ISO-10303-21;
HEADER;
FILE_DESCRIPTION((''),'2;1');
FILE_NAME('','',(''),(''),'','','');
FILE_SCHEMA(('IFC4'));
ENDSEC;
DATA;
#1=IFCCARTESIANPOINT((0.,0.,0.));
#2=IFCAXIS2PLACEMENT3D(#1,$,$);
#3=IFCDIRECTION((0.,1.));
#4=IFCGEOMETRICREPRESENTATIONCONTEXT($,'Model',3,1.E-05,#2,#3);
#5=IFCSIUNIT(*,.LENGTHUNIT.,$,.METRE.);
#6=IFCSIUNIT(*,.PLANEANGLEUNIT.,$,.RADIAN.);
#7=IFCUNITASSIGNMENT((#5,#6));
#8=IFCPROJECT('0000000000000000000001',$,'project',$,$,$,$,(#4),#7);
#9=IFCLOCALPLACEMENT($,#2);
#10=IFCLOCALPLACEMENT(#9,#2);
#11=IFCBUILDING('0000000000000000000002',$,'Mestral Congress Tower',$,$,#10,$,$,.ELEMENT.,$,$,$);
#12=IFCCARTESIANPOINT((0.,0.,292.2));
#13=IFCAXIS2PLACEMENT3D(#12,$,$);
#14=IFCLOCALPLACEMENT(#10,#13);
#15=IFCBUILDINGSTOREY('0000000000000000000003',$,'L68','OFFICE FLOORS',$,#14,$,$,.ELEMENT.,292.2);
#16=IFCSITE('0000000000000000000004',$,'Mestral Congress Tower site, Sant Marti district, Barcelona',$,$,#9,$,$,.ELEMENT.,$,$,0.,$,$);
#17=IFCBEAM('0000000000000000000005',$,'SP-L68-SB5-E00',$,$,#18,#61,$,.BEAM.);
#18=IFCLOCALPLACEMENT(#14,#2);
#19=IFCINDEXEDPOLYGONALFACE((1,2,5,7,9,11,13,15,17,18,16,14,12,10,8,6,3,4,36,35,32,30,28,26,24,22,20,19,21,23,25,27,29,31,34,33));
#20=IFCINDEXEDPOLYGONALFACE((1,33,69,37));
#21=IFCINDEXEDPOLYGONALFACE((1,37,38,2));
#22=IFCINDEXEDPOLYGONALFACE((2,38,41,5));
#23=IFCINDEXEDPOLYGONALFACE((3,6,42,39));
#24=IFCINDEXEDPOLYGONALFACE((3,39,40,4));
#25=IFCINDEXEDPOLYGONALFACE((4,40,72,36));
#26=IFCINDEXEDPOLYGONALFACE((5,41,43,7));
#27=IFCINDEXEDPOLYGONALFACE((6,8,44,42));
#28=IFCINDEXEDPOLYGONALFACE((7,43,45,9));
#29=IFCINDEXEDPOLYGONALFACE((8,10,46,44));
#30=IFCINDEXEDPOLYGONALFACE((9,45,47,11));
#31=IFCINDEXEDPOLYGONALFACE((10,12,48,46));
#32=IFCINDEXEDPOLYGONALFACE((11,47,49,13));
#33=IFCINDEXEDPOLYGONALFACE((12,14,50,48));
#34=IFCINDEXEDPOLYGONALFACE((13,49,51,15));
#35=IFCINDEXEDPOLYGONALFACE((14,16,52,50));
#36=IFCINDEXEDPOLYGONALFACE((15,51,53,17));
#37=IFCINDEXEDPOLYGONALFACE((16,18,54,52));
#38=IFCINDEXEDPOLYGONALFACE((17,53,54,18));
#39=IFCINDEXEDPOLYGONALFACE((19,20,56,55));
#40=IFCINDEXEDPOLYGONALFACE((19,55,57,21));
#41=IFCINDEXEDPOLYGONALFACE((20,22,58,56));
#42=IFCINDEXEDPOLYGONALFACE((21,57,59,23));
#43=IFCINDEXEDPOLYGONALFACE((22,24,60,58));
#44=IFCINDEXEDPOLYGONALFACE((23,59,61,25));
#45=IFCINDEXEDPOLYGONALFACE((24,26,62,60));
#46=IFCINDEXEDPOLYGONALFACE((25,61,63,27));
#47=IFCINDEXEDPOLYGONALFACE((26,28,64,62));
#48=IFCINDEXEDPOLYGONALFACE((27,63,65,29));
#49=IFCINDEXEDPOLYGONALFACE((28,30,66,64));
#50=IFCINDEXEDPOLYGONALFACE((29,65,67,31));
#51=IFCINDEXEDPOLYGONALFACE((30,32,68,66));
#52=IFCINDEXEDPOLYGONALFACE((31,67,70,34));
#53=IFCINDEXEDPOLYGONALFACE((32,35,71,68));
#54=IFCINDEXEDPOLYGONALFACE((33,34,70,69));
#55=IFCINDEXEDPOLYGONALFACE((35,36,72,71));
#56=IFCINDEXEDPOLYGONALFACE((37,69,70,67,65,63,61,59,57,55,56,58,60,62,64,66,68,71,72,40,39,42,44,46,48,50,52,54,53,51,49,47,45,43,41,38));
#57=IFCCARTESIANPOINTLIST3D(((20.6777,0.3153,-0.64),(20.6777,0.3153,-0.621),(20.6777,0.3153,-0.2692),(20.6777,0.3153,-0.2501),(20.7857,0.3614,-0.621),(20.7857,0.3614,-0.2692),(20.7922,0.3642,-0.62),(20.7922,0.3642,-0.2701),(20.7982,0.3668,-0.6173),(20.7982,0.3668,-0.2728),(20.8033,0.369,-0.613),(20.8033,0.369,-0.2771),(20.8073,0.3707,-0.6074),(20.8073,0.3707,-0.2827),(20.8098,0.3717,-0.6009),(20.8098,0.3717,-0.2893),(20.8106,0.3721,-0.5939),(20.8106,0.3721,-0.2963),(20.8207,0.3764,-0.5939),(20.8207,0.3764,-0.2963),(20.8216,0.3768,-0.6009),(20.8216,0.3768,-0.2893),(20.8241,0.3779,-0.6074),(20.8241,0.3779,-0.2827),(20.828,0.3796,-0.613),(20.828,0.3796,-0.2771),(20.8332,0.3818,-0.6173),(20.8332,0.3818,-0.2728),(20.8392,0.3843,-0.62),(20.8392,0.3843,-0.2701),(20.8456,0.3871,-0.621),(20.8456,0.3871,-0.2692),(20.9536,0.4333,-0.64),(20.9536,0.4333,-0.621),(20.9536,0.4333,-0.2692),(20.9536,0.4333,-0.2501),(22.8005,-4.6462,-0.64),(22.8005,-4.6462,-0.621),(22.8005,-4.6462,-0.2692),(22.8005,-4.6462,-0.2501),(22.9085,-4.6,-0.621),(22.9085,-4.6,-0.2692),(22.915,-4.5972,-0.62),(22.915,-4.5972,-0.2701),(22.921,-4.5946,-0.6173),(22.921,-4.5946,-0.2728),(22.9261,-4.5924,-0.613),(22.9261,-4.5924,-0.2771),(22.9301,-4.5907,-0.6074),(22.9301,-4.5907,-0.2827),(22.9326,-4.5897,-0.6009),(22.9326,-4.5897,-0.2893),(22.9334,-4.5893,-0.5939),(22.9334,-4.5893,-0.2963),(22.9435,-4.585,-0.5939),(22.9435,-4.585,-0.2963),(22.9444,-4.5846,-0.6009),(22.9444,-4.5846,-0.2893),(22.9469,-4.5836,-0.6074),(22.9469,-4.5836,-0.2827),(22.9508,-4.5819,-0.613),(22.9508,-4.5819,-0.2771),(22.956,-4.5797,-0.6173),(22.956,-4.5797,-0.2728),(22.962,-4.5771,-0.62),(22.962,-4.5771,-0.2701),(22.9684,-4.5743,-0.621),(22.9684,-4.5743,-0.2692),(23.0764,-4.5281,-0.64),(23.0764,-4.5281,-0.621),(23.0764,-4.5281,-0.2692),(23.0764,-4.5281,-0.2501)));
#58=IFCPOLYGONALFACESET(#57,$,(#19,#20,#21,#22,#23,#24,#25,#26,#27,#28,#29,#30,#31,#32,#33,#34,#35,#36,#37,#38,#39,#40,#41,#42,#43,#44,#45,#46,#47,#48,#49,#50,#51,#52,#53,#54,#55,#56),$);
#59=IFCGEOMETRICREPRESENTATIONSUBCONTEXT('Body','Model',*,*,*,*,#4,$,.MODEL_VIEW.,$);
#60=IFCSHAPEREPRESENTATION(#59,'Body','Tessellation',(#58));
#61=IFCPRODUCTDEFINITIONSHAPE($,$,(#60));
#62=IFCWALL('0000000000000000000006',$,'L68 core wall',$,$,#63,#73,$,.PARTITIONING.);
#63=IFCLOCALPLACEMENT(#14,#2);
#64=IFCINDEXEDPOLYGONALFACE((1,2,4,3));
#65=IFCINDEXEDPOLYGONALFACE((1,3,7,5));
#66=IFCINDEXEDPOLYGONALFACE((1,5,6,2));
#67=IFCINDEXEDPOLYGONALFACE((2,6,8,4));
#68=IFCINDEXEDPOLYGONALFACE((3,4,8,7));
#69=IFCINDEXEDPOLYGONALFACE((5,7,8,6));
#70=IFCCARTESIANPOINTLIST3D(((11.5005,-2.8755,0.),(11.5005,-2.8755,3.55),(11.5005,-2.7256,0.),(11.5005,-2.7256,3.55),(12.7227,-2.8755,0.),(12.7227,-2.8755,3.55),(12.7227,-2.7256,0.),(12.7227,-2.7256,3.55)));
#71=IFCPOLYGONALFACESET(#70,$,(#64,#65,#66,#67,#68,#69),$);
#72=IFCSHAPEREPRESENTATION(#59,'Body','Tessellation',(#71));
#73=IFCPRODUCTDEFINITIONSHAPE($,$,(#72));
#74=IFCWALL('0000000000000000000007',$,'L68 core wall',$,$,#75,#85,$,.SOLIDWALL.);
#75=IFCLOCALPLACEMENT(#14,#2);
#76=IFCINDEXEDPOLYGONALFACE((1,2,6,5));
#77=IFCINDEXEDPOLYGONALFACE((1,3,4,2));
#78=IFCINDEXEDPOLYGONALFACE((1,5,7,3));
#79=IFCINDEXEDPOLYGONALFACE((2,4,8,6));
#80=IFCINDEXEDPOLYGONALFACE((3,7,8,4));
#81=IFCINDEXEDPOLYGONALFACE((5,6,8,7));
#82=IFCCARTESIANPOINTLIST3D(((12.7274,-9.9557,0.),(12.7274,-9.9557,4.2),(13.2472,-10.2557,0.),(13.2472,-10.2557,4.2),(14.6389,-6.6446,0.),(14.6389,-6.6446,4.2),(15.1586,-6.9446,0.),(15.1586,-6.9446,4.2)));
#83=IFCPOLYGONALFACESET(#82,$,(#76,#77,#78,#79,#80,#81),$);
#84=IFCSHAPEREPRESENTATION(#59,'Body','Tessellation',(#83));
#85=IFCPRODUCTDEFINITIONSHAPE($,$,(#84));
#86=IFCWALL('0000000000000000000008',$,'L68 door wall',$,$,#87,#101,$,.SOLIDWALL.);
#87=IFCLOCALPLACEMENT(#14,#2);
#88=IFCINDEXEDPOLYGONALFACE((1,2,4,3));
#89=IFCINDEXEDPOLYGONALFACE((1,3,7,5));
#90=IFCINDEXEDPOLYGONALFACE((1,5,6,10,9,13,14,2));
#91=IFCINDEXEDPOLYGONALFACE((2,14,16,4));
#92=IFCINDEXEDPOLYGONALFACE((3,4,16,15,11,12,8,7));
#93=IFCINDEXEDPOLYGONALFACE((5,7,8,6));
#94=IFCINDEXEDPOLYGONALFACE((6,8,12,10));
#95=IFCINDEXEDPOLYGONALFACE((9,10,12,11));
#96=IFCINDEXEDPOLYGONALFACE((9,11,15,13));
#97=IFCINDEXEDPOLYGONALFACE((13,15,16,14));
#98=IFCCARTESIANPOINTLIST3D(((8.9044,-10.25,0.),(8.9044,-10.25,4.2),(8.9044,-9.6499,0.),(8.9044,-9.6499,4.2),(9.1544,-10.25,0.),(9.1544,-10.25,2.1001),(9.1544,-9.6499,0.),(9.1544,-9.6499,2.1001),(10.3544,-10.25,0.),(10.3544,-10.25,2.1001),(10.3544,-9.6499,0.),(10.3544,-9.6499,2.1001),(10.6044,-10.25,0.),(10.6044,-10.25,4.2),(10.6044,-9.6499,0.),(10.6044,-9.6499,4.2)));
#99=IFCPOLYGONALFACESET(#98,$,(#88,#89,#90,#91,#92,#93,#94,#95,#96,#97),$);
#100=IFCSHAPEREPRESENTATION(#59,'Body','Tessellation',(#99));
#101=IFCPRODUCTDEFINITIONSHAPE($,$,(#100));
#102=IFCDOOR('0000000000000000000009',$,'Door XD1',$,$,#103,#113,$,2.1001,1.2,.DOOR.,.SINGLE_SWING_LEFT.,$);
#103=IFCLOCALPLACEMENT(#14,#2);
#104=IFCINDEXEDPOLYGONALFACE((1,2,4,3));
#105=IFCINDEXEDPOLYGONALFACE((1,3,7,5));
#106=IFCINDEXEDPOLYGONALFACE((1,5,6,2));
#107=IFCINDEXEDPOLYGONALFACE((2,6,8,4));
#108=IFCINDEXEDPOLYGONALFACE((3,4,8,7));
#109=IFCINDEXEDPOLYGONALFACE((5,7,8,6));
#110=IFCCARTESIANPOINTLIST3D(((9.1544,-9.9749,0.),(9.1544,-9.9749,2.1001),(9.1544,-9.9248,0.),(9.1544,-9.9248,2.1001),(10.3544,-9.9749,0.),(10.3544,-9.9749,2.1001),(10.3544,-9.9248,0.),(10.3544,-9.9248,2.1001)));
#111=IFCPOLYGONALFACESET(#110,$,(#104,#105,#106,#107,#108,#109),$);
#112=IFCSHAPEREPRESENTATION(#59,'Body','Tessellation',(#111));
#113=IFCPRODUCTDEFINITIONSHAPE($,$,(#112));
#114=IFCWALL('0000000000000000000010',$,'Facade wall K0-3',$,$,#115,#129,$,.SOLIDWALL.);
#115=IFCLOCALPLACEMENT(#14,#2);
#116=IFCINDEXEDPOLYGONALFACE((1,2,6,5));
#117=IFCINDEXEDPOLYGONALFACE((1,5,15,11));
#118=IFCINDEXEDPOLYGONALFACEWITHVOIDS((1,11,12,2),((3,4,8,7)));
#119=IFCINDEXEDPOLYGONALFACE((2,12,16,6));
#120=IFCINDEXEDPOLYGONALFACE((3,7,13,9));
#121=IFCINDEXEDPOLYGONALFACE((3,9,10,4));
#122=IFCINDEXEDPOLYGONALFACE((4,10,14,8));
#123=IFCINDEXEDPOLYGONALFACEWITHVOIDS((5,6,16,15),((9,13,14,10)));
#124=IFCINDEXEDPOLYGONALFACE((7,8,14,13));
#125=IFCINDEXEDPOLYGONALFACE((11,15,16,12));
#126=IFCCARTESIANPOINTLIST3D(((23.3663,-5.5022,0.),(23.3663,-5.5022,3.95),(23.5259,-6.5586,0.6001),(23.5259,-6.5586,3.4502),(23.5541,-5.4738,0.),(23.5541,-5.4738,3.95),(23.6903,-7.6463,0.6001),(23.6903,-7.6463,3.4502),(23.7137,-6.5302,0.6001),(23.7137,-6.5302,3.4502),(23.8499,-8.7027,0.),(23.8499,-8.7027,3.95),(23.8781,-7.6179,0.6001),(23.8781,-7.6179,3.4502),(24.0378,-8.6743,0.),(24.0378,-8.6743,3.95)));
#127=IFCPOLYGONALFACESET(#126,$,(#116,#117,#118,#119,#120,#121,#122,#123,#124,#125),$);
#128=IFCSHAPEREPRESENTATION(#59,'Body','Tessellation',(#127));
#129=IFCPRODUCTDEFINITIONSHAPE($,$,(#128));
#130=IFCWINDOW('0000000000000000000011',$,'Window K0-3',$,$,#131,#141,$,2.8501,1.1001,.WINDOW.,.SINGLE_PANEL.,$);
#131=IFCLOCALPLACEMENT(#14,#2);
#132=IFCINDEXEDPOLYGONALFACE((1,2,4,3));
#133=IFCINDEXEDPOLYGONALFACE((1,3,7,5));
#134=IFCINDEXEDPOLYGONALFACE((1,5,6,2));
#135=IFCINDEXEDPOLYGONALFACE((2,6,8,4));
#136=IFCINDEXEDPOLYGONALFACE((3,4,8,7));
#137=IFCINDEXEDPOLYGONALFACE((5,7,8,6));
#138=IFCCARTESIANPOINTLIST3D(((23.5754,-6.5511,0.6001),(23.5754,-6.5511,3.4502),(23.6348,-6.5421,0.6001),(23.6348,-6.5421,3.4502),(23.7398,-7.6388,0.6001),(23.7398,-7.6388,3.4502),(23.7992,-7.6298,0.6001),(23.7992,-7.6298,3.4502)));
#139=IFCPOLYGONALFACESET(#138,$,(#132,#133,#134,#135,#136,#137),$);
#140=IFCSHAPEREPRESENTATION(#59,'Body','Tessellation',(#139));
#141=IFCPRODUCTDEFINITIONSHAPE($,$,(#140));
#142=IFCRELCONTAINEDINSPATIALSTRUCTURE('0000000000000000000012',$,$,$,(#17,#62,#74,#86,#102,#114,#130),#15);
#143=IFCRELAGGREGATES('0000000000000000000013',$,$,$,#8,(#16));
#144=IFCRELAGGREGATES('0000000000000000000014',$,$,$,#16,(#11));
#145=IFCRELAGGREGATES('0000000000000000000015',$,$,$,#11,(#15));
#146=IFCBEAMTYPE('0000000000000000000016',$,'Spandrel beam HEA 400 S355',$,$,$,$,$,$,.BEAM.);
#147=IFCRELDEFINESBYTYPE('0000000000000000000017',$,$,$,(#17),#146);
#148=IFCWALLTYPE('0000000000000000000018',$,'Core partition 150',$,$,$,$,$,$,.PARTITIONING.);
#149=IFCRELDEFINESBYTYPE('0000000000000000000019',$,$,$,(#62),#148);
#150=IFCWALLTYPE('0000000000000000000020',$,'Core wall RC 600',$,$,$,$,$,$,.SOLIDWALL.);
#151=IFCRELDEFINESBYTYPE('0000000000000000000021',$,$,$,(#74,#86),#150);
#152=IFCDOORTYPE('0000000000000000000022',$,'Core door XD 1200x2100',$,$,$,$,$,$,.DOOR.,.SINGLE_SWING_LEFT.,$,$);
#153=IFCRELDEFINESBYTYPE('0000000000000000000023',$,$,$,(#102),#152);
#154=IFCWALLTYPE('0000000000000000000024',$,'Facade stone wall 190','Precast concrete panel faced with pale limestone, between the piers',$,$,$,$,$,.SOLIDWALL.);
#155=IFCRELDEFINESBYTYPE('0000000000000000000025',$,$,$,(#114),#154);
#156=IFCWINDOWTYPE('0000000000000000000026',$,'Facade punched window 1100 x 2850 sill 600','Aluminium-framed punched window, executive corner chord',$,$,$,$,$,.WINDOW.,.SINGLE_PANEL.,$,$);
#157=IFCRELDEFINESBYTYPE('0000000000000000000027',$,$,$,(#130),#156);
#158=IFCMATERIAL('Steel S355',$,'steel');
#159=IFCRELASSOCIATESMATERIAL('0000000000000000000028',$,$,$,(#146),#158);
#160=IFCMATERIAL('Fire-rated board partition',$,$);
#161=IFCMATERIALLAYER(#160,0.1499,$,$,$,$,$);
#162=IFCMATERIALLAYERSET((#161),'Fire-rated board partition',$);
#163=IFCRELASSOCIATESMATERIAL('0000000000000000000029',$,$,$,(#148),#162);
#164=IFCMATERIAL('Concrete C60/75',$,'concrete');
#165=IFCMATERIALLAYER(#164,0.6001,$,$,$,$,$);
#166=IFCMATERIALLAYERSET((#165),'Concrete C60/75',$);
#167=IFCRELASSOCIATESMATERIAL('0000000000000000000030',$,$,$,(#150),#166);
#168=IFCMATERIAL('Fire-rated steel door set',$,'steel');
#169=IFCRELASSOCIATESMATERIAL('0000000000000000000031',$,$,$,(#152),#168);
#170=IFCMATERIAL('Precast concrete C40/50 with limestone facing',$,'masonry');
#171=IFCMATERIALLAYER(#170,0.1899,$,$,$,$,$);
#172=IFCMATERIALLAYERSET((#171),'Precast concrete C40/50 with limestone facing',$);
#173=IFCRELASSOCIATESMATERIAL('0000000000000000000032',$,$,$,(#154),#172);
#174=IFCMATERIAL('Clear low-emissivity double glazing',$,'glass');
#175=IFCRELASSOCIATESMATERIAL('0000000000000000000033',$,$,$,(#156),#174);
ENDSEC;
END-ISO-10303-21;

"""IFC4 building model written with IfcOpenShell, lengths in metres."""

from ifc_helpers import new_model, si_unit, direction, frame, frame_2d, origin, origin_2d, place, context, subcontext, project, spatial, rectangle, i_section, extrude, material, layer, layer_set, material_profile, profile_set, type_object, element, fill, save


model = new_model("IFC4")

# Units and contexts
model_context = context("Model", 3, precision=1e-05, world=origin(), true_north=direction((0.0, 1.0)))
body_context = subcontext(model_context, "Body", "Model", "MODEL_VIEW")
ifc_project = project(units=[si_unit("LENGTHUNIT", "METRE"), si_unit("PLANEANGLEUNIT", "RADIAN")], contexts=[model_context])

# Site, building, storey
site_placement = place(None, origin())
site = spatial("IfcSite", under=ifc_project, at=site_placement, Name="Mestral Congress Tower site, Sant Marti district, Barcelona", CompositionType="ELEMENT", RefElevation=0.0)
building_placement = place(site_placement, origin())
building = spatial("IfcBuilding", under=site, at=building_placement, Name="Mestral Congress Tower", CompositionType="ELEMENT")
storey_placement = place(building_placement, frame((0.0, 0.0, 292.2)))
storey = spatial("IfcBuildingStorey", under=building, at=storey_placement, Name="L68", Description="OFFICE FLOORS", CompositionType="ELEMENT", Elevation=292.2)

# Shared definitions
ifc_material_1 = material(Name="Concrete C60/75", Category="concrete")

# Beam
ifc_material_2 = material(Name="Steel S355", Category="steel")
ifc_material_profile_1 = material_profile(ifc_material_2, i_section(OverallWidth=0.3, OverallDepth=0.3899, WebThickness=0.011, FlangeThickness=0.019, FilletRadius=0.0271, at=origin_2d()), Name="HEA 400")
ifc_profile_set_1 = profile_set([ifc_material_profile_1], Name="Steel S355")
beam_type_1 = type_object("IfcBeamType", Name="Spandrel beam HEA 400 S355", PredefinedType="BEAM", material=ifc_profile_set_1)
beam_1_placement = place(storey_placement, frame((22.9385, -4.5872, -0.4451), z_axis=(-0.393368, 0.919381, 0.0), x_axis=(-0.919381, -0.393368, 0.0)))
element("IfcBeam", 1, at=beam_1_placement, inside=storey, type_object=beam_type_1, Name="SP-L68-SB5-E00", PredefinedType="BEAM", context=body_context, shape_type="SweptSolid", body=[
    extrude(i_section(OverallWidth=0.3, OverallDepth=0.3899, WebThickness=0.011, FlangeThickness=0.019, FilletRadius=0.0271, at=origin_2d()), origin(), (0.0, 0.0, 1.0), 5.3965),
])

# Walls
ifc_material_3 = material(Name="Fire-rated board partition")
ifc_layer_1 = layer(ifc_material_3, 0.1499)
ifc_layer_set_1 = layer_set([ifc_layer_1], Name="Fire-rated board partition")
wall_type_1 = type_object("IfcWallType", Name="Core partition 150", PredefinedType="PARTITIONING", material=ifc_layer_set_1)
wall_1_placement = place(storey_placement, frame((11.5005, -2.8005, 0.0), z_axis=(0.0, 0.0, 1.0), x_axis=(1.0, 0.0, 0.0)))
element("IfcWall", 2, at=wall_1_placement, inside=storey, type_object=wall_type_1, Name="L68 core wall", PredefinedType="PARTITIONING", context=body_context, shape_type="SweptSolid", body=[
    extrude(rectangle(XDim=1.2222, YDim=0.1499, at=frame_2d((0.6111, 0.0))), origin(), (0.0, 0.0, 1.0), 3.55),
])
ifc_layer_2 = layer(ifc_material_1, 0.6001)
ifc_layer_set_2 = layer_set([ifc_layer_2], Name="Concrete C60/75")
wall_type_2 = type_object("IfcWallType", Name="Core wall RC 600", PredefinedType="SOLIDWALL", material=ifc_layer_set_2)
wall_2_placement = place(storey_placement, frame((12.9873, -10.1057, 0.0), z_axis=(0.0, 0.0, 1.0), x_axis=(0.499951, 0.866054, 0.0)))
element("IfcWall", 3, at=wall_2_placement, inside=storey, type_object=wall_type_2, Name="L68 core wall", PredefinedType="SOLIDWALL", context=body_context, shape_type="SweptSolid", body=[
    extrude(rectangle(XDim=3.8232, YDim=0.6001, at=frame_2d((1.9116, 0.0))), origin(), (0.0, 0.0, 1.0), 4.2),
])

# Wall, opening, door
wall_3_placement = place(storey_placement, frame((10.6045, -9.95, 0.0), z_axis=(0.0, 0.0, 1.0), x_axis=(-1.0, 0.0, 0.0)))
wall_3 = element("IfcWall", 4, at=wall_3_placement, inside=storey, type_object=wall_type_2, Name="L68 door wall", PredefinedType="SOLIDWALL", context=body_context, shape_type="SweptSolid", body=[
    extrude(rectangle(XDim=1.7, YDim=0.6001, at=frame_2d((0.8501, 0.0))), origin(), (0.0, 0.0, 1.0), 4.2),
])
opening_1_placement = place(wall_3_placement, frame((0.25, 0.0, 0.0)))
opening_1 = element("IfcOpeningElement", 5, at=opening_1_placement, cuts=wall_3, PredefinedType="OPENING", context=body_context, shape_type="SweptSolid", body=[
    extrude(rectangle(XDim=1.2, YDim=2.1001, at=frame_2d((0.6001, 1.05))), frame((0.0, 0.3101, 0.0), z_axis=(0.0, -1.0, 0.0), x_axis=(1.0, 0.0, 0.0)), (0.0, 0.0, 1.0), 0.6201),
])
ifc_material_4 = material(Name="Fire-rated steel door set", Category="steel")
door_type_1 = type_object("IfcDoorType", Name="Core door XD 1200x2100", OperationType="SINGLE_SWING_LEFT", PredefinedType="DOOR", material=ifc_material_4)
door_1_placement = place(opening_1_placement, origin())
door_1 = element("IfcDoor", 6, at=door_1_placement, inside=storey, type_object=door_type_1, Name="Door XD1", OperationType="SINGLE_SWING_LEFT", OverallHeight=2.1001, OverallWidth=1.2, PredefinedType="DOOR", context=body_context, shape_type="SweptSolid", body=[
    extrude(rectangle(XDim=1.2, YDim=2.1001, at=frame_2d((0.6001, 1.05))), frame((0.0, 0.0249, 0.0), z_axis=(0.0, -1.0, 0.0), x_axis=(1.0, 0.0, 0.0)), (0.0, 0.0, 1.0), 0.05),
])
fill(opening_1, door_1)

# Wall, opening, window
ifc_material_5 = material(Name="Precast concrete C40/50 with limestone facing", Category="masonry")
ifc_layer_3 = layer(ifc_material_5, 0.1899)
ifc_layer_set_3 = layer_set([ifc_layer_3], Name="Precast concrete C40/50 with limestone facing")
wall_type_3 = type_object("IfcWallType", Name="Facade stone wall 190", Description="Precast concrete panel faced with pale limestone, between the piers", PredefinedType="SOLIDWALL", material=ifc_layer_set_3)
wall_4_placement = place(storey_placement, frame((23.9438, -8.6885, 0.0), z_axis=(0.0, 0.0, 1.0), x_axis=(-0.149421, 0.988774, 0.0)))
wall_4 = element("IfcWall", 7, at=wall_4_placement, inside=storey, type_object=wall_type_3, Name="Facade wall K0-3", PredefinedType="SOLIDWALL", context=body_context, shape_type="SweptSolid", body=[
    extrude(rectangle(XDim=3.2368, YDim=0.1899, at=frame_2d((1.6184, 0.0))), origin(), (0.0, 0.0, 1.0), 3.95),
])
opening_2_placement = place(wall_4_placement, frame((1.0684, 0.0, 0.6001)))
opening_2 = element("IfcOpeningElement", 8, at=opening_2_placement, cuts=wall_4, PredefinedType="OPENING", context=body_context, shape_type="SweptSolid", body=[
    extrude(rectangle(XDim=1.1001, YDim=2.8501, at=frame_2d((0.55, 1.425))), frame((0.0, 0.105, 0.0), z_axis=(0.0, -1.0, 0.0), x_axis=(1.0, 0.0, 0.0)), (0.0, 0.0, 1.0), 0.21),
])
ifc_material_6 = material(Name="Clear low-emissivity double glazing", Category="glass")
window_type_1 = type_object("IfcWindowType", Name="Facade punched window 1100 x 2850 sill 600", Description="Aluminium-framed punched window, executive corner chord", PartitioningType="SINGLE_PANEL", PredefinedType="WINDOW", material=ifc_material_6)
window_1_placement = place(opening_2_placement, origin())
window_1 = element("IfcWindow", 9, at=window_1_placement, inside=storey, type_object=window_type_1, Name="Window K0-3", OverallHeight=2.8501, OverallWidth=1.1001, PartitioningType="SINGLE_PANEL", PredefinedType="WINDOW", context=body_context, shape_type="SweptSolid", body=[
    extrude(rectangle(XDim=1.1001, YDim=2.8501, at=frame_2d((0.55, 1.425))), frame((0.0, 0.0449, 0.0), z_axis=(0.0, -1.0, 0.0), x_axis=(1.0, 0.0, 0.0)), (0.0, 0.0, 1.0), 0.0601),
])
fill(opening_2, window_1)

save(model, "model.ifc")
